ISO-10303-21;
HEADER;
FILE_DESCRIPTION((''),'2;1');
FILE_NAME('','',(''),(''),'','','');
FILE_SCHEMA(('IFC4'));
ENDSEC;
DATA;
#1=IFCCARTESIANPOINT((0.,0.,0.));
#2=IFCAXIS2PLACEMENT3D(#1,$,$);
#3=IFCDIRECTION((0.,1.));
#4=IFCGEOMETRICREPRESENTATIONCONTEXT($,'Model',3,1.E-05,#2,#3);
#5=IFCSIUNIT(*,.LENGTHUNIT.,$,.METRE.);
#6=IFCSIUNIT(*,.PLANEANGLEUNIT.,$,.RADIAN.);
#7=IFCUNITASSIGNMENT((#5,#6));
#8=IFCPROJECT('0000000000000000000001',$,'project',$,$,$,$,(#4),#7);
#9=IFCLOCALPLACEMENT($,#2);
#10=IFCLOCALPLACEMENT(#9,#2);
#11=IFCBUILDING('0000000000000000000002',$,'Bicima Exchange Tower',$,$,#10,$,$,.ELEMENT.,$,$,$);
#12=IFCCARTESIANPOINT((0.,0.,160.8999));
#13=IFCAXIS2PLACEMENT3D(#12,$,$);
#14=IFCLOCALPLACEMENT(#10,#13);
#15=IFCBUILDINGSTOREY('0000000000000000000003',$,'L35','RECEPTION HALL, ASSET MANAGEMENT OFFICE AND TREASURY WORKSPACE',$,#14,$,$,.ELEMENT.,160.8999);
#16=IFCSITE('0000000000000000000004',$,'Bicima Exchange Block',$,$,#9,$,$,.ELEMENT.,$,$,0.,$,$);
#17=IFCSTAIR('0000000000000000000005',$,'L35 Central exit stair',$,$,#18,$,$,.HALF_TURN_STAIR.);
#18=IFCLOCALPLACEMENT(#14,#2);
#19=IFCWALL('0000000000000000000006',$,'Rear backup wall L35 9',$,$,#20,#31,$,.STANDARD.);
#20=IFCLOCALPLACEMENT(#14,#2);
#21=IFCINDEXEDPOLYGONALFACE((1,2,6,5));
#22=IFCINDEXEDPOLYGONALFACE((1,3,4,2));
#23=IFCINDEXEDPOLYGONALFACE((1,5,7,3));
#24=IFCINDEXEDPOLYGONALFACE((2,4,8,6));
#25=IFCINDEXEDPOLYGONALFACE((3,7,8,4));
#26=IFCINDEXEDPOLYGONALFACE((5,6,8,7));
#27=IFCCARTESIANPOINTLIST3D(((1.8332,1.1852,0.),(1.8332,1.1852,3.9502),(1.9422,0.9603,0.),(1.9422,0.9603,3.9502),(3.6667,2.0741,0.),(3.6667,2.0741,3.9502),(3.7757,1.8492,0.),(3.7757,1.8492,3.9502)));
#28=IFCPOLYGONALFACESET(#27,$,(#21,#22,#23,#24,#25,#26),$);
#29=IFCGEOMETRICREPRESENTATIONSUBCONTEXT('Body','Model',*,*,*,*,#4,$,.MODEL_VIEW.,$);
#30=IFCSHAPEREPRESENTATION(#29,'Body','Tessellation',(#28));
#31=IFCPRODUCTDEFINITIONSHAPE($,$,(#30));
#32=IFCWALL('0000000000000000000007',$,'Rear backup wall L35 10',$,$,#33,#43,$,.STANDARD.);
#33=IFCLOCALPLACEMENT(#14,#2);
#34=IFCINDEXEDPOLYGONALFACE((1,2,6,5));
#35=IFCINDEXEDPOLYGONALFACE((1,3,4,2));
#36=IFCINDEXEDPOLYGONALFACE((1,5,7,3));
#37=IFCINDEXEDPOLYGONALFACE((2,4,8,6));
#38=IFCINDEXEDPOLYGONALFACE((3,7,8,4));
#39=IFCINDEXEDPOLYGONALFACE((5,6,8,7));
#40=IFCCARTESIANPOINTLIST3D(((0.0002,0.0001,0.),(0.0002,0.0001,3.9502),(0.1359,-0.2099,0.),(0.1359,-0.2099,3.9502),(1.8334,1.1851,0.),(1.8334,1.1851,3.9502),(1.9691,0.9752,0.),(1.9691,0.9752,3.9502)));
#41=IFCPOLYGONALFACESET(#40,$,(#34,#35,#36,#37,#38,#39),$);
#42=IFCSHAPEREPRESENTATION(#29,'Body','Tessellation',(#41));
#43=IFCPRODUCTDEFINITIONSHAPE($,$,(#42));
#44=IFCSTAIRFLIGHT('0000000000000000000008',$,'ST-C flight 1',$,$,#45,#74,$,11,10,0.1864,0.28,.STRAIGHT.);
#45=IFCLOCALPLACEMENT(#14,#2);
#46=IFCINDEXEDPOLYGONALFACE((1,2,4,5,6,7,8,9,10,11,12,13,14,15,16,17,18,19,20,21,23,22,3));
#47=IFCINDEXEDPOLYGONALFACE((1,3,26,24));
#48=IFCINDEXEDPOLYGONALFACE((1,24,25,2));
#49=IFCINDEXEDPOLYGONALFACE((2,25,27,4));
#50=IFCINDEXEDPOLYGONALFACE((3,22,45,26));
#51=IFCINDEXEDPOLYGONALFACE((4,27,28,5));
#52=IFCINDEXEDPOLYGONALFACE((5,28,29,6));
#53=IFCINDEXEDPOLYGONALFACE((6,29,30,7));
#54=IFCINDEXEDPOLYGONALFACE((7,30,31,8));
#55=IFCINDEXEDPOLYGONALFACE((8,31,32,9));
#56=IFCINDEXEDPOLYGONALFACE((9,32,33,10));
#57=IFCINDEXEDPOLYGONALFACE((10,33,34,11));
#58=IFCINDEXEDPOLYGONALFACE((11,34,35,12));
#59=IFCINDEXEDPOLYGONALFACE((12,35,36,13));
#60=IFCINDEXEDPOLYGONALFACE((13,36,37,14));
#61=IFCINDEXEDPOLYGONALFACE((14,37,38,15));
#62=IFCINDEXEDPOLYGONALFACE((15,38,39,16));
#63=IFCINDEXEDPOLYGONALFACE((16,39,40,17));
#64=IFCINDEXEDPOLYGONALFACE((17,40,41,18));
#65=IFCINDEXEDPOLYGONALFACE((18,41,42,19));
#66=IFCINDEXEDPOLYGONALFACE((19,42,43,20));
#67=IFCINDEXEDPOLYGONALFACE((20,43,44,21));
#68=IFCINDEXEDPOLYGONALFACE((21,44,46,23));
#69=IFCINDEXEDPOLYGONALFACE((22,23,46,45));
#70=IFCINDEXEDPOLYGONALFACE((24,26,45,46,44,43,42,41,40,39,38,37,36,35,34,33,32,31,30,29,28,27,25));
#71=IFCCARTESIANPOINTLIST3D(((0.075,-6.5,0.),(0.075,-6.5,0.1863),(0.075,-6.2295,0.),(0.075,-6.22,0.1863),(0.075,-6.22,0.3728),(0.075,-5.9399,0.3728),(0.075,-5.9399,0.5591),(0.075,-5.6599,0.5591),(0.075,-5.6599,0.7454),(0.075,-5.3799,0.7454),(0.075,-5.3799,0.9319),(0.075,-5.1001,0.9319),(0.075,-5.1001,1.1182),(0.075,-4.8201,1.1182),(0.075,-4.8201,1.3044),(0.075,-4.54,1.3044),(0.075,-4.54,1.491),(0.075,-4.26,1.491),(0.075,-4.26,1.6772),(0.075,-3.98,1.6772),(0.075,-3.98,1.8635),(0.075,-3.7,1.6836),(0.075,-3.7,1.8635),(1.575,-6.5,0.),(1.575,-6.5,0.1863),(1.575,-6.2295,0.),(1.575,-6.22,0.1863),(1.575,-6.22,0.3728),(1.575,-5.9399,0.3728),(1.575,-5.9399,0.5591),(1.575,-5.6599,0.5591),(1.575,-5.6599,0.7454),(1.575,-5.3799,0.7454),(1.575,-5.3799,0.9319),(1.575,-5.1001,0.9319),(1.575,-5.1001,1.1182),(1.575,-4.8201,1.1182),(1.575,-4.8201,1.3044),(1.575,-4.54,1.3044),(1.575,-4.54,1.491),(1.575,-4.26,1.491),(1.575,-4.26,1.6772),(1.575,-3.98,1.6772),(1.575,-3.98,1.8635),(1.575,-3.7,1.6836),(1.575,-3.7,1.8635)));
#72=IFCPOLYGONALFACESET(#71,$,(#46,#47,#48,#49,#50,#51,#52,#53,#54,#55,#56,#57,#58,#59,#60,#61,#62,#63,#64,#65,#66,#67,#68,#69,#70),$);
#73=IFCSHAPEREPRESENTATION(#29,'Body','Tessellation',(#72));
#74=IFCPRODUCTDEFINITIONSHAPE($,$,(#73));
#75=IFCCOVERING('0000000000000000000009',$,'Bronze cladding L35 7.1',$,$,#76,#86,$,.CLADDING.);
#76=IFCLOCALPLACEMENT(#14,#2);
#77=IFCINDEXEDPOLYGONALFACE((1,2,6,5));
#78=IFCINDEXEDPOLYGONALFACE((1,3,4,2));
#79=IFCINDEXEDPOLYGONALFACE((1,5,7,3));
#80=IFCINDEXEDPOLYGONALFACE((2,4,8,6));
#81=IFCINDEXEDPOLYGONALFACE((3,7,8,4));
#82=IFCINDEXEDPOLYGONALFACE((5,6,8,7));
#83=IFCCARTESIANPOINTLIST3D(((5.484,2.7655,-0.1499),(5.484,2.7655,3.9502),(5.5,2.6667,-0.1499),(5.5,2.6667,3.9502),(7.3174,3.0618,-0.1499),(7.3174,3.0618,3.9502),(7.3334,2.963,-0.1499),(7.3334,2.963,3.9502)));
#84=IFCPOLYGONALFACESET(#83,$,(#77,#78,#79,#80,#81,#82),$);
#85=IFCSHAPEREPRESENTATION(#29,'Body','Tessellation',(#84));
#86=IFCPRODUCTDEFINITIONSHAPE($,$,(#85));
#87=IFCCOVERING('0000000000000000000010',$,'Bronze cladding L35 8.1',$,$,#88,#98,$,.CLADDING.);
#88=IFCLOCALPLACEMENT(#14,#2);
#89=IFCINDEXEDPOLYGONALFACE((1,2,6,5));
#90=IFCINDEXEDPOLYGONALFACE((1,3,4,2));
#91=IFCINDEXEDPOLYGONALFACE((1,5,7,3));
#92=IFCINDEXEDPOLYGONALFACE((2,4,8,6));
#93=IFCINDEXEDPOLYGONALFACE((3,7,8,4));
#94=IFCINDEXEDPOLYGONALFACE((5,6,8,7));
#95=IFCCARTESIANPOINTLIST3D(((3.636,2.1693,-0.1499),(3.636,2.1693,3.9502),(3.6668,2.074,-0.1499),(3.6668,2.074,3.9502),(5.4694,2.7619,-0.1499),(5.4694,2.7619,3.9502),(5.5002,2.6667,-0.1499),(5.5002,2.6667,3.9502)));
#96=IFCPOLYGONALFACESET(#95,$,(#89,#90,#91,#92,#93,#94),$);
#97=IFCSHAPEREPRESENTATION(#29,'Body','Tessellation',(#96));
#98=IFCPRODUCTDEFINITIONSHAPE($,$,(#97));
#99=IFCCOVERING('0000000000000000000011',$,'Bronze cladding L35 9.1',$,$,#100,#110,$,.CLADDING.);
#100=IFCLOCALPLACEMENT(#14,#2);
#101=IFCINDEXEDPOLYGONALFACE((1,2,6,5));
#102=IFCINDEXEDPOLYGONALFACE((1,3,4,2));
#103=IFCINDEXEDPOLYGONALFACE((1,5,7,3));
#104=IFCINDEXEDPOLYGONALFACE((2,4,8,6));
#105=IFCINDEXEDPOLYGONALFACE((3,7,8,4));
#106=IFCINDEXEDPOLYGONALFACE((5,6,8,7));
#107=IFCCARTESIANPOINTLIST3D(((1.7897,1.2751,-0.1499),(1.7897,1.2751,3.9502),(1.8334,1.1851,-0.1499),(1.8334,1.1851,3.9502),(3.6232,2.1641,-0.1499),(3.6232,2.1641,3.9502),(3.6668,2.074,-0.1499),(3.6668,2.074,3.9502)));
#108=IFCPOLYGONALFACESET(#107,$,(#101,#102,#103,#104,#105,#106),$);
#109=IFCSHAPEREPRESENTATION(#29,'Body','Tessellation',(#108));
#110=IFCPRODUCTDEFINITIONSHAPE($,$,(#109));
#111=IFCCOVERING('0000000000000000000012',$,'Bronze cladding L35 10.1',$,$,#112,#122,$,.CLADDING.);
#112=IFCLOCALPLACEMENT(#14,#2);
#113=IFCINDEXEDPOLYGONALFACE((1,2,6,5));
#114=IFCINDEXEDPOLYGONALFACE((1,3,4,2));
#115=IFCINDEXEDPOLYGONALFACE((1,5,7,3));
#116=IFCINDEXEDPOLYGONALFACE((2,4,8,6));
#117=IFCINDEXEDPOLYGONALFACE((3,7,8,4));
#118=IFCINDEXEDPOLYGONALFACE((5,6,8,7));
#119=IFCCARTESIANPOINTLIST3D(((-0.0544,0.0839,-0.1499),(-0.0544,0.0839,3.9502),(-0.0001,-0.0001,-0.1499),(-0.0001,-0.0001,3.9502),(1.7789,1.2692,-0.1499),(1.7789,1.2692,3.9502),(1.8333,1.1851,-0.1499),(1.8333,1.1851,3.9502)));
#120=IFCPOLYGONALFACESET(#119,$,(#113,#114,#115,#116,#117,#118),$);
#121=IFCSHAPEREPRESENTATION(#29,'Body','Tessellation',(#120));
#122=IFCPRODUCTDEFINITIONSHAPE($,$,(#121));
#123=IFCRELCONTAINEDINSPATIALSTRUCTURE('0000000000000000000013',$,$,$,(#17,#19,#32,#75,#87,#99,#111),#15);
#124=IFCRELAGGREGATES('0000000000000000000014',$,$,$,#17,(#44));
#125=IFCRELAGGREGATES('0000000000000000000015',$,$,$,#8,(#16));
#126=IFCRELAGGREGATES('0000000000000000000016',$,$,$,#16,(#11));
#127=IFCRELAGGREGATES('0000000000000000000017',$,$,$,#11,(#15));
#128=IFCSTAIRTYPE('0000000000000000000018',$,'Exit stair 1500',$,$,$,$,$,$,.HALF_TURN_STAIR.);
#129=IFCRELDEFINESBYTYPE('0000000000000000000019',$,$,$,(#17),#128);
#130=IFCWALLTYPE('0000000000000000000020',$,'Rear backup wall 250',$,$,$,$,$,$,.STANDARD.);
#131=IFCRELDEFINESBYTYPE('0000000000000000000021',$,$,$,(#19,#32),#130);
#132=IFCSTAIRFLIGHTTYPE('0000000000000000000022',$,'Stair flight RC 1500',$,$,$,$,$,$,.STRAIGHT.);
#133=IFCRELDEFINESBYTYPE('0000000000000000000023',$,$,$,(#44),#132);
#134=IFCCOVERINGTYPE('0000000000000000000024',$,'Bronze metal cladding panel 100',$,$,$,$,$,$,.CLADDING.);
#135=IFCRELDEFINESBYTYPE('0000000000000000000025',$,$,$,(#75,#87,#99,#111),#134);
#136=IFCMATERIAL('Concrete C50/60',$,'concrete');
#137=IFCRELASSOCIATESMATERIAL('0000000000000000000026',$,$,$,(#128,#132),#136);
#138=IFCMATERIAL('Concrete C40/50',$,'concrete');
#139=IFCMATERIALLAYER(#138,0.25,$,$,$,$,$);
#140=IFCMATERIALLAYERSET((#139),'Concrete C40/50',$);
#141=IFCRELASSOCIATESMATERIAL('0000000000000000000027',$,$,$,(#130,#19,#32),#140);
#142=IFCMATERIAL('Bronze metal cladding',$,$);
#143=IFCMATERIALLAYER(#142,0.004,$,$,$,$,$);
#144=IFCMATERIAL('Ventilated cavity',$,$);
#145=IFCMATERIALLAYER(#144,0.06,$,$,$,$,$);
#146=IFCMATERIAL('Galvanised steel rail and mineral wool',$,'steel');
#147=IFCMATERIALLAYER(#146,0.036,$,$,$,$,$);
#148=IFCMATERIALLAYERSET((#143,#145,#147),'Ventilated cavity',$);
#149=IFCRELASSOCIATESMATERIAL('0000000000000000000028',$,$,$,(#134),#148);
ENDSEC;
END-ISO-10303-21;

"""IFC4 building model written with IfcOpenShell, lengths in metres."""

from ifc_helpers import new_model, si_unit, direction, frame, frame_2d, origin, origin_2d, place, context, subcontext, project, spatial, polyline, rectangle, outline, extrude, material, layer, layer_set, layer_usage, type_object, element, aggregate, save


model = new_model("IFC4")

# Units and contexts
model_context = context("Model", 3, precision=1e-05, world=origin(), true_north=direction((0.0, 1.0)))
body_context = subcontext(model_context, "Body", "Model", "MODEL_VIEW")
ifc_project = project(units=[si_unit("LENGTHUNIT", "METRE"), si_unit("PLANEANGLEUNIT", "RADIAN")], contexts=[model_context])

# Site, building, storey
site_placement = place(None, origin())
site = spatial("IfcSite", under=ifc_project, at=site_placement, Name="Bicima Exchange Block", CompositionType="ELEMENT", RefElevation=0.0)
building_placement = place(site_placement, origin())
building = spatial("IfcBuilding", under=site, at=building_placement, Name="Bicima Exchange Tower", CompositionType="ELEMENT")
storey_placement = place(building_placement, frame((0.0, 0.0, 160.8999)))
storey = spatial("IfcBuildingStorey", under=building, at=storey_placement, Name="L35", Description="RECEPTION HALL, ASSET MANAGEMENT OFFICE AND TREASURY WORKSPACE", CompositionType="ELEMENT", Elevation=160.8999)

# Shared definitions
ifc_material_1 = material(Name="Concrete C40/50", Category="concrete")

# Stair
ifc_material_2 = material(Name="Concrete C50/60", Category="concrete")
stair_type_1 = type_object("IfcStairType", Name="Exit stair 1500", PredefinedType="HALF_TURN_STAIR", material=ifc_material_2)
stair_1_placement = place(storey_placement, origin())
stair_1 = element("IfcStair", 1, at=stair_1_placement, inside=storey, type_object=stair_type_1, Name="L35 Central exit stair", PredefinedType="HALF_TURN_STAIR")

# Walls
ifc_layer_1 = layer(ifc_material_1, 0.25)
ifc_layer_set_1 = layer_set([ifc_layer_1], Name="Concrete C40/50")
ifc_layer_usage = layer_usage(ifc_layer_set_1, "AXIS2", "POSITIVE", -0.125)
wall_type_1 = type_object("IfcWallType", Name="Rear backup wall 250", PredefinedType="STANDARD", material=ifc_layer_set_1)
wall_1_placement = place(storey_placement, frame((3.7212, 1.9617, 0.0), z_axis=(0.0, 0.0, 1.0), x_axis=(-0.899824, -0.436253, 0.0)))
element("IfcWall", 2, at=wall_1_placement, inside=storey, type_object=wall_type_1, material=ifc_layer_usage, Name="Rear backup wall L35 9", PredefinedType="STANDARD", context=body_context, shape_type="SweptSolid", body=[
    extrude(rectangle(XDim=2.0376, YDim=0.25, at=frame_2d((1.0188, 0.0))), origin(), (0.0, 0.0, 1.0), 3.9502),
])
wall_2_placement = place(storey_placement, frame((1.9011, 1.0801, 0.0), z_axis=(0.0, 0.0, 1.0), x_axis=(-0.839813, -0.542876, 0.0)))
element("IfcWall", 3, at=wall_2_placement, inside=storey, type_object=wall_type_1, material=ifc_layer_usage, Name="Rear backup wall L35 10", PredefinedType="STANDARD", context=body_context, shape_type="SweptSolid", body=[
    extrude(rectangle(XDim=2.1829, YDim=0.25, at=frame_2d((1.0913, 0.0))), origin(), (0.0, 0.0, 1.0), 3.9502),
])

# Stair flight
stair_flight_type = type_object("IfcStairFlightType", Name="Stair flight RC 1500", PredefinedType="STRAIGHT", material=ifc_material_2)
stair_flight_placement = place(storey_placement, frame((0.825, -6.5, 0.0), z_axis=(0.0, 0.0, 1.0), x_axis=(0.0, 1.0, 0.0)))
stair_flight = element("IfcStairFlight", 4, at=stair_flight_placement, type_object=stair_flight_type, Name="ST-C flight 1", NumberOfRisers=11, NumberOfTreads=10, PredefinedType="STRAIGHT", RiserHeight=0.1864, TreadLength=0.28, context=body_context, shape_type="SweptSolid", body=[
    extrude(outline(polyline([(0.0, 0.0), (0.0, 0.1863), (0.28, 0.1863), (0.28, 0.3728), (0.5601, 0.3728), (0.5601, 0.5591), (0.8401, 0.5591), (0.8401, 0.7454), (1.1201, 0.7454), (1.1201, 0.9319), (1.3999, 0.9319), (1.3999, 1.1182), (1.6799, 1.1182), (1.6799, 1.3044), (1.96, 1.3044), (1.96, 1.491), (2.24, 1.491), (2.24, 1.6772), (2.52, 1.6772), (2.52, 1.8635), (2.8, 1.8635), (2.8, 2.05), (2.8, 1.6836), (0.2705, 0.0), (0.0, 0.0)])), frame((0.0, 0.75, 0.0), z_axis=(0.0, -1.0, 0.0), x_axis=(1.0, 0.0, 0.0)), (0.0, 0.0, 1.0), 1.5),
])
aggregate(stair_1, [stair_flight])

# Coverings
ifc_material_3 = material(Name="Bronze metal cladding")
ifc_layer_2 = layer(ifc_material_3, 0.004)
ifc_material_4 = material(Name="Ventilated cavity")
ifc_layer_3 = layer(ifc_material_4, 0.06)
ifc_material_5 = material(Name="Galvanised steel rail and mineral wool", Category="steel")
ifc_layer_4 = layer(ifc_material_5, 0.036)
ifc_layer_set_2 = layer_set([ifc_layer_2, ifc_layer_3, ifc_layer_4], Name="Ventilated cavity")
covering_type = type_object("IfcCoveringType", Name="Bronze metal cladding panel 100", PredefinedType="CLADDING", material=ifc_layer_set_2)
covering_1_placement = place(storey_placement, frame((6.4087, 2.8643, -0.1499), z_axis=(0.0, 0.0, 1.0), x_axis=(-0.98719, -0.15955, 0.0)))
element("IfcCovering", 5, at=covering_1_placement, inside=storey, type_object=covering_type, Name="Bronze cladding L35 7.1", PredefinedType="CLADDING", context=body_context, shape_type="SweptSolid", body=[
    extrude(rectangle(XDim=1.8572, YDim=0.1001, at=origin_2d()), origin(), (0.0, 0.0, 1.0), 4.1001),
])
covering_2_placement = place(storey_placement, frame((4.5681, 2.418, -0.1499), z_axis=(0.0, 0.0, 1.0), x_axis=(-0.951525, -0.307573, 0.0)))
element("IfcCovering", 6, at=covering_2_placement, inside=storey, type_object=covering_type, Name="Bronze cladding L35 8.1", PredefinedType="CLADDING", context=body_context, shape_type="SweptSolid", body=[
    extrude(rectangle(XDim=1.9268, YDim=0.1001, at=origin_2d()), origin(), (0.0, 0.0, 1.0), 4.1001),
])
covering_3_placement = place(storey_placement, frame((2.7283, 1.6746, -0.1499), z_axis=(0.0, 0.0, 1.0), x_axis=(-0.899818, -0.436265, 0.0)))
element("IfcCovering", 7, at=covering_3_placement, inside=storey, type_object=covering_type, Name="Bronze cladding L35 9.1", PredefinedType="CLADDING", context=body_context, shape_type="SweptSolid", body=[
    extrude(rectangle(XDim=2.0376, YDim=0.1001, at=origin_2d()), origin(), (0.0, 0.0, 1.0), 4.1001),
])
covering_4_placement = place(storey_placement, frame((0.8894, 0.6345, -0.1499), z_axis=(0.0, 0.0, 1.0), x_axis=(-0.83979, -0.542911, 0.0)))
element("IfcCovering", 8, at=covering_4_placement, inside=storey, type_object=covering_type, Name="Bronze cladding L35 10.1", PredefinedType="CLADDING", context=body_context, shape_type="SweptSolid", body=[
    extrude(rectangle(XDim=2.1831, YDim=0.1001, at=origin_2d()), origin(), (0.0, 0.0, 1.0), 4.1001),
])

save(model, "model.ifc")
